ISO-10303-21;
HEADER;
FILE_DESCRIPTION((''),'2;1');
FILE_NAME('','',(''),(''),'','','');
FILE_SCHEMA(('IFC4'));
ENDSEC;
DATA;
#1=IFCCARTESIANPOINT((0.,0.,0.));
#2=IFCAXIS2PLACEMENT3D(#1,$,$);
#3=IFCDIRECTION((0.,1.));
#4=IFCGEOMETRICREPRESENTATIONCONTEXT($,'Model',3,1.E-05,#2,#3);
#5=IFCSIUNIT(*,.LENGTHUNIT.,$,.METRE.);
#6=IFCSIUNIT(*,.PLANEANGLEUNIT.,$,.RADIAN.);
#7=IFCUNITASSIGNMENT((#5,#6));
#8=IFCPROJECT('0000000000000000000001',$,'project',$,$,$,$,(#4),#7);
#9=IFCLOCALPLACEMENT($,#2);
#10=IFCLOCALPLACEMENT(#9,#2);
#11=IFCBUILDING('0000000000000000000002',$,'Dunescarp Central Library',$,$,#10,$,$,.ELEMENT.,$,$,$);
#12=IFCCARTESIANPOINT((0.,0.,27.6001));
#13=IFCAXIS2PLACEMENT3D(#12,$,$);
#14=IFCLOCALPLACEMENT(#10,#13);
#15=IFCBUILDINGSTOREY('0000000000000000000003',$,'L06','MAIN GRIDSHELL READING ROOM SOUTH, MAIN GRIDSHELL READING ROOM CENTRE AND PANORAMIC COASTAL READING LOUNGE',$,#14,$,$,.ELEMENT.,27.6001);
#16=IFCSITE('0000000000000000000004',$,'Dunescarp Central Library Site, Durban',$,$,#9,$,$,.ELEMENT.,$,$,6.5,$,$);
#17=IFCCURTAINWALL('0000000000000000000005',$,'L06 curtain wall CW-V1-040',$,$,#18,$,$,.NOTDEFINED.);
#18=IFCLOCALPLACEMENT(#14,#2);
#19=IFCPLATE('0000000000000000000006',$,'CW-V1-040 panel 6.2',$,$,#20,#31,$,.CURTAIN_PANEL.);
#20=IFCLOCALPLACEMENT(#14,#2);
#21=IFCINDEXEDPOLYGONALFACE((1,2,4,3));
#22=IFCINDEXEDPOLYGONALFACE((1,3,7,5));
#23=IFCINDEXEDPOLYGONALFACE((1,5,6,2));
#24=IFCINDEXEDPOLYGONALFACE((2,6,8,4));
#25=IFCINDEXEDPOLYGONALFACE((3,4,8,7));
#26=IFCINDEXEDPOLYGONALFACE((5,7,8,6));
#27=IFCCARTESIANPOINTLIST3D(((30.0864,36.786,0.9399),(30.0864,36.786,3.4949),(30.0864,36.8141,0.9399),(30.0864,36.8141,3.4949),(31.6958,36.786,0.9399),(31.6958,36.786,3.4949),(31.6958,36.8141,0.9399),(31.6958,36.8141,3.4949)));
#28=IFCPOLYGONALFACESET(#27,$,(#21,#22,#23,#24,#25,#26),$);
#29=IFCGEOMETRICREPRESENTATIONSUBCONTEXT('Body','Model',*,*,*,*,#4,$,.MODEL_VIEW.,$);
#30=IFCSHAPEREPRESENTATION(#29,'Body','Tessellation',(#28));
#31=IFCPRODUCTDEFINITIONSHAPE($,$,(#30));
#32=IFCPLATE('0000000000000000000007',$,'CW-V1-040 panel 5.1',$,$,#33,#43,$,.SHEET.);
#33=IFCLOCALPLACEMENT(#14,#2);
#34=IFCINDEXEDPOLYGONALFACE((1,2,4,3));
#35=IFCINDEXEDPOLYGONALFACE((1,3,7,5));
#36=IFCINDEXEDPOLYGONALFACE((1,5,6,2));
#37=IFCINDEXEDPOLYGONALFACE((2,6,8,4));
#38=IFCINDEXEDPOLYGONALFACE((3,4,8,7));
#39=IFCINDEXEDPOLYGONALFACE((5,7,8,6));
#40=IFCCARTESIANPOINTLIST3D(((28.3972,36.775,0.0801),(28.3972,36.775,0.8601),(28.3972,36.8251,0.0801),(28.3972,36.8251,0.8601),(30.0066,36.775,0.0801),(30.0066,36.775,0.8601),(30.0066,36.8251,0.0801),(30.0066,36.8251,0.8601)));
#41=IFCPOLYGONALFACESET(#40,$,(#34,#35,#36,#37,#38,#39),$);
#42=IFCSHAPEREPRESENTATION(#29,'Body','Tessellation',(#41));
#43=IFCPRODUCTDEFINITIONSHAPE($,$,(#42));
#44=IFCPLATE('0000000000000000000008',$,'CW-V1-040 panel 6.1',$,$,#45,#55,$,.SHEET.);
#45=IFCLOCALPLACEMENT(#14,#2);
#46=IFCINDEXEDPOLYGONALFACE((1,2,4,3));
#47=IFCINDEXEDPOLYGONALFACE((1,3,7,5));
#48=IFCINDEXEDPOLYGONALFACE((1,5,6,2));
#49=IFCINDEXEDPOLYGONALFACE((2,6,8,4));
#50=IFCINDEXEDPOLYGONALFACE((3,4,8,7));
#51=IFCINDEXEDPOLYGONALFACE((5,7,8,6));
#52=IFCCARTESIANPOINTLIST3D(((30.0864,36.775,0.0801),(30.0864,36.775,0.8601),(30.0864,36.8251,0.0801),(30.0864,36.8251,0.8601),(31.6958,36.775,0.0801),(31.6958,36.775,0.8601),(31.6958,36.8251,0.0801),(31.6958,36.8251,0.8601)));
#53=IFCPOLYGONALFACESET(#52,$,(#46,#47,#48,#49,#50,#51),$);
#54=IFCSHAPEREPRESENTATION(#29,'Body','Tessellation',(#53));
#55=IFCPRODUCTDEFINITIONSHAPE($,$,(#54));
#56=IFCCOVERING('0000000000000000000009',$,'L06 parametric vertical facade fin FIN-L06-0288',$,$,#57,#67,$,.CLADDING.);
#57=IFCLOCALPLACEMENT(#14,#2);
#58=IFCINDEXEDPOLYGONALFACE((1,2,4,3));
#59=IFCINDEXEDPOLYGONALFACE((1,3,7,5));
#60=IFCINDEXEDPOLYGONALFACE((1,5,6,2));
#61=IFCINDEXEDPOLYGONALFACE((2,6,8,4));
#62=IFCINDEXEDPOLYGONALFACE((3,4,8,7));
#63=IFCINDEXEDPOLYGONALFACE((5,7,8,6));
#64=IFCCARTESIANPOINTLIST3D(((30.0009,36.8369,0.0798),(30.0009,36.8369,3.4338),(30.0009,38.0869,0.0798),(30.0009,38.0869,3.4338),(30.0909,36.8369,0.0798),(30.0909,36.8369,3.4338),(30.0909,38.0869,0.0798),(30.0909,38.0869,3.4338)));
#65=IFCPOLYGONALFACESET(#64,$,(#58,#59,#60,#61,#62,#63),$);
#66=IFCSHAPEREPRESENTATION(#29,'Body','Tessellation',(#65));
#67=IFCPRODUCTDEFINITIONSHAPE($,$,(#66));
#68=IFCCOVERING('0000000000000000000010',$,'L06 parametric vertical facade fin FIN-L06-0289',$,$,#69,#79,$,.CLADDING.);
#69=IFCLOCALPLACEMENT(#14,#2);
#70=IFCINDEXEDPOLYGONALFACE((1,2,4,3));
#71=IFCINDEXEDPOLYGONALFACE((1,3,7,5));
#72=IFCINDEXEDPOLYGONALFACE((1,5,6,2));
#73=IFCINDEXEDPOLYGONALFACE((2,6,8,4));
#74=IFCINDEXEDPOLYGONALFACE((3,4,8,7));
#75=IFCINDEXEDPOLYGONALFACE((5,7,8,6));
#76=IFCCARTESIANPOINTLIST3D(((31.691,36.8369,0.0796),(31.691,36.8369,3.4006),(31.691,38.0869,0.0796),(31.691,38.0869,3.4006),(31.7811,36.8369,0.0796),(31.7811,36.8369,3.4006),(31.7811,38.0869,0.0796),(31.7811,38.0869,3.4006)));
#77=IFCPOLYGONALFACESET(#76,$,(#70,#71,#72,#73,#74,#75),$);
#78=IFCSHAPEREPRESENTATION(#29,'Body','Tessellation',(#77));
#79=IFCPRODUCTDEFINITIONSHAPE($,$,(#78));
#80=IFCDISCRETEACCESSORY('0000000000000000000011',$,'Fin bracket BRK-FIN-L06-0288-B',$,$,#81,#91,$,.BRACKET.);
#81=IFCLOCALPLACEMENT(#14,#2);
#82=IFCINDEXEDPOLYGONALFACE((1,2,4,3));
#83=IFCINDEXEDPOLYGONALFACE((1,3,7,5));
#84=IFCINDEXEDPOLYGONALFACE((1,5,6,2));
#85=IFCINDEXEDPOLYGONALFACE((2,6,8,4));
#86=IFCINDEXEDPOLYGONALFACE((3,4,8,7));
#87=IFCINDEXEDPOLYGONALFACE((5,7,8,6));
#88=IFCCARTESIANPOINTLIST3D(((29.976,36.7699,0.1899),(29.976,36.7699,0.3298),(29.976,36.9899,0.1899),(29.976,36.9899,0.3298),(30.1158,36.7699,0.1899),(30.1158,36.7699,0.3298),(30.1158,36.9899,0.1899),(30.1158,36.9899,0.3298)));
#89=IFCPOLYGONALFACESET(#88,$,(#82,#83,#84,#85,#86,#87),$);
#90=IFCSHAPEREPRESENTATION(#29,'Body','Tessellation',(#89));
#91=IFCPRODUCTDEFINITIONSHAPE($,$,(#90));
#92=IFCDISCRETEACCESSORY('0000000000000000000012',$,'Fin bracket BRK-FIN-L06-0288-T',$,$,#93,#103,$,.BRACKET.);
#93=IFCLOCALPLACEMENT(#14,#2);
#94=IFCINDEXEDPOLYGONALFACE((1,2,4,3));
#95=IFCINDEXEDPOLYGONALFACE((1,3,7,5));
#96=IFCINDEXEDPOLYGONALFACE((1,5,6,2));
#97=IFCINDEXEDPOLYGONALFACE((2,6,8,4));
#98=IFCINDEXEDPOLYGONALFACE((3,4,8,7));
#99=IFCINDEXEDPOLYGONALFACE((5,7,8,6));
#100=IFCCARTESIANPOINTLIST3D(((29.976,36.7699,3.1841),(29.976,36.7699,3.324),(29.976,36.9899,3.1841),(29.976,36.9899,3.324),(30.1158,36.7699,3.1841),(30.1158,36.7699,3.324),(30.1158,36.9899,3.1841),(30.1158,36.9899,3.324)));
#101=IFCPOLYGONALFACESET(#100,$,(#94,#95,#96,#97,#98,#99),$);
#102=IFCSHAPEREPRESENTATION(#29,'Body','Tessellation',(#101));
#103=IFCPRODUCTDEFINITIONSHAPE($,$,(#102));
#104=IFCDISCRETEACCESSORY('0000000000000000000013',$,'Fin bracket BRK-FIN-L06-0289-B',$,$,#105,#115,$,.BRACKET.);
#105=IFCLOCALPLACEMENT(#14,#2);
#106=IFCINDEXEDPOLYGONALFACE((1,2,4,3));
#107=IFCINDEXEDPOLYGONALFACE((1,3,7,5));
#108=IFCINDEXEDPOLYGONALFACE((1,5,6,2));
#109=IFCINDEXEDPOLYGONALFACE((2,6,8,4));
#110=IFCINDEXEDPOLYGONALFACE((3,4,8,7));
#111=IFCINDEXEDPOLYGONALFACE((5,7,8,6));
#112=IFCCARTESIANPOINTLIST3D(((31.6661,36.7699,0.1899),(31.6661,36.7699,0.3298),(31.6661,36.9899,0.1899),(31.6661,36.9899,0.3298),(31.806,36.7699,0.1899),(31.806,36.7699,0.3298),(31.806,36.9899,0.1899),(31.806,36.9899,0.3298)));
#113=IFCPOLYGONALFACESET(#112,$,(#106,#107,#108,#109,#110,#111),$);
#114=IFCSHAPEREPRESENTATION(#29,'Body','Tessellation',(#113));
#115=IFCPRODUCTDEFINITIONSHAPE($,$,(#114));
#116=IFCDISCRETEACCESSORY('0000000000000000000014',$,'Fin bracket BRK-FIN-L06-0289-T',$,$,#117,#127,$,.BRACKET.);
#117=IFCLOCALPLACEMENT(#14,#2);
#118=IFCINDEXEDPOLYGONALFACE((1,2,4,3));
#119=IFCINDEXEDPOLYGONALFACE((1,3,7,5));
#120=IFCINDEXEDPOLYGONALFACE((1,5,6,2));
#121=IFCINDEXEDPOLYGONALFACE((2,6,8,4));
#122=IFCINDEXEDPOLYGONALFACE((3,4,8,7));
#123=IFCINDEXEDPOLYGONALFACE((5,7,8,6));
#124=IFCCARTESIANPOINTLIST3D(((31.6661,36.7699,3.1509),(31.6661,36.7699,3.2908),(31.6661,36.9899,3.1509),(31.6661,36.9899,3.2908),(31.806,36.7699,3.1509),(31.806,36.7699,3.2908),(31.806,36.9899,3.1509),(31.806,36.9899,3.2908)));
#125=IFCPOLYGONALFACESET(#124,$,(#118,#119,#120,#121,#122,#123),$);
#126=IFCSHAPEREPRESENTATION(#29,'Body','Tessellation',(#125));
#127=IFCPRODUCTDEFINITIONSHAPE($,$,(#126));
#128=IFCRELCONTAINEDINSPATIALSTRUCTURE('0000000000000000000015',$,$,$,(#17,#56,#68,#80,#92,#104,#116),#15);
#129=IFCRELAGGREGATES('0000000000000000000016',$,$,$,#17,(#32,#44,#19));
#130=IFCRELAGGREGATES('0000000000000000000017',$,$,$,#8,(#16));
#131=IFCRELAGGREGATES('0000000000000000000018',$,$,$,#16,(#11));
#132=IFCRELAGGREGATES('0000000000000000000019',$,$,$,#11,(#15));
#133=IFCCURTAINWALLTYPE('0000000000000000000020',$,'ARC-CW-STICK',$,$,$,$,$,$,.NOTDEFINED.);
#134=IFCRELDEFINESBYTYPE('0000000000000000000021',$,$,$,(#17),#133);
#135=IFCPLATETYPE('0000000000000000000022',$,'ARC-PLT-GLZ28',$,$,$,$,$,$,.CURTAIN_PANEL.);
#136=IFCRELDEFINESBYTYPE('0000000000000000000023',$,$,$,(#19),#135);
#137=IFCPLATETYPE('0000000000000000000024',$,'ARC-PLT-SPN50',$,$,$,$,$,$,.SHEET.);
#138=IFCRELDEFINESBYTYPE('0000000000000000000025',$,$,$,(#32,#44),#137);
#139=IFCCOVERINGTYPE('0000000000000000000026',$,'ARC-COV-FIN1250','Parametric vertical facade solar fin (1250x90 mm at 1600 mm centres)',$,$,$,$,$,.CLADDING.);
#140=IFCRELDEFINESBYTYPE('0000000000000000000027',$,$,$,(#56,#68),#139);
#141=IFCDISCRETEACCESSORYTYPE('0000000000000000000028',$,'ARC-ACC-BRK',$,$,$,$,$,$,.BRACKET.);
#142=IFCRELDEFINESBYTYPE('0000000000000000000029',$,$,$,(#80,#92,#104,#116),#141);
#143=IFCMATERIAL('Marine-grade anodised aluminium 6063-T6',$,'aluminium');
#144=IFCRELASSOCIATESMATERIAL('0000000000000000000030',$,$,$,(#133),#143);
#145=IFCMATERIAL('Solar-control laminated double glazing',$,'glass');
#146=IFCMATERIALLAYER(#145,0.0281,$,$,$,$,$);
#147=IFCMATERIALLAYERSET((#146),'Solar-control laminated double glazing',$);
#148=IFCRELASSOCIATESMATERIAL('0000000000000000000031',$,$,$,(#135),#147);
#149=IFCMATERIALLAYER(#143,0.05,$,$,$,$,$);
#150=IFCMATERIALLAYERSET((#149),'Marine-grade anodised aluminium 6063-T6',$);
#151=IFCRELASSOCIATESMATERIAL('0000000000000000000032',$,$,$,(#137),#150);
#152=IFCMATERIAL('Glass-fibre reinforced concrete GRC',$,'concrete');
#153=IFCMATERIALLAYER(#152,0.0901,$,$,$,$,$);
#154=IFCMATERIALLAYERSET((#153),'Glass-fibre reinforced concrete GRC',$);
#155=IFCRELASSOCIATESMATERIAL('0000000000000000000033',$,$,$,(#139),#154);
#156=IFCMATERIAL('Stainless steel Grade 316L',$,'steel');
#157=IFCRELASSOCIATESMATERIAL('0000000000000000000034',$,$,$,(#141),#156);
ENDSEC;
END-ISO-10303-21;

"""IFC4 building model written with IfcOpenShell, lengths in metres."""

from ifc_helpers import new_model, si_unit, direction, frame, origin, origin_2d, place, context, subcontext, project, spatial, rectangle, extrude, material, layer, layer_set, type_object, element, aggregate, save


model = new_model("IFC4")

# Units and contexts
model_context = context("Model", 3, precision=1e-05, world=origin(), true_north=direction((0.0, 1.0)))
body_context = subcontext(model_context, "Body", "Model", "MODEL_VIEW")
ifc_project = project(units=[si_unit("LENGTHUNIT", "METRE"), si_unit("PLANEANGLEUNIT", "RADIAN")], contexts=[model_context])

# Site, building, storey
site_placement = place(None, origin())
site = spatial("IfcSite", under=ifc_project, at=site_placement, Name="Dunescarp Central Library Site, Durban", CompositionType="ELEMENT", RefElevation=6.5)
building_placement = place(site_placement, origin())
building = spatial("IfcBuilding", under=site, at=building_placement, Name="Dunescarp Central Library", CompositionType="ELEMENT")
storey_placement = place(building_placement, frame((0.0, 0.0, 27.6001)))
storey = spatial("IfcBuildingStorey", under=building, at=storey_placement, Name="L06", Description="MAIN GRIDSHELL READING ROOM SOUTH, MAIN GRIDSHELL READING ROOM CENTRE AND PANORAMIC COASTAL READING LOUNGE", CompositionType="ELEMENT", Elevation=27.6001)

# Curtain wall, plates
ifc_material_1 = material(Name="Marine-grade anodised aluminium 6063-T6", Category="aluminium")
curtain_wall_type = type_object("IfcCurtainWallType", Name="ARC-CW-STICK", PredefinedType="NOTDEFINED", material=ifc_material_1)
curtain_wall_placement = place(storey_placement, origin())
curtain_wall = element("IfcCurtainWall", 1, at=curtain_wall_placement, inside=storey, type_object=curtain_wall_type, Name="L06 curtain wall CW-V1-040", PredefinedType="NOTDEFINED")
ifc_material_2 = material(Name="Solar-control laminated double glazing", Category="glass")
ifc_layer_1 = layer(ifc_material_2, 0.0281)
ifc_layer_set_1 = layer_set([ifc_layer_1], Name="Solar-control laminated double glazing")
plate_type_1 = type_object("IfcPlateType", Name="ARC-PLT-GLZ28", PredefinedType="CURTAIN_PANEL", material=ifc_layer_set_1)
plate_1_placement = place(storey_placement, frame((30.8911, 36.8, 0.9399), z_axis=(0.0, 0.0, 1.0), x_axis=(1.0, 0.0, 0.0)))
plate_1 = element("IfcPlate", 2, at=plate_1_placement, type_object=plate_type_1, Name="CW-V1-040 panel 6.2", PredefinedType="CURTAIN_PANEL", context=body_context, shape_type="SweptSolid", body=[
    extrude(rectangle(XDim=1.6094, YDim=0.0281, at=origin_2d()), origin(), (0.0, 0.0, 1.0), 2.5549),
])
ifc_layer_2 = layer(ifc_material_1, 0.05)
ifc_layer_set_2 = layer_set([ifc_layer_2], Name="Marine-grade anodised aluminium 6063-T6")
plate_type_2 = type_object("IfcPlateType", Name="ARC-PLT-SPN50", PredefinedType="SHEET", material=ifc_layer_set_2)
plate_2_placement = place(storey_placement, frame((29.2019, 36.8, 0.0801), z_axis=(0.0, 0.0, 1.0), x_axis=(1.0, 0.0, 0.0)))
plate_2 = element("IfcPlate", 3, at=plate_2_placement, type_object=plate_type_2, Name="CW-V1-040 panel 5.1", PredefinedType="SHEET", context=body_context, shape_type="SweptSolid", body=[
    extrude(rectangle(XDim=1.6094, YDim=0.05, at=origin_2d()), origin(), (0.0, 0.0, 1.0), 0.78),
])
plate_3_placement = place(storey_placement, frame((30.8911, 36.8, 0.0801), z_axis=(0.0, 0.0, 1.0), x_axis=(1.0, 0.0, 0.0)))
plate_3 = element("IfcPlate", 4, at=plate_3_placement, type_object=plate_type_2, Name="CW-V1-040 panel 6.1", PredefinedType="SHEET", context=body_context, shape_type="SweptSolid", body=[
    extrude(rectangle(XDim=1.6094, YDim=0.05, at=origin_2d()), origin(), (0.0, 0.0, 1.0), 0.78),
])
aggregate(curtain_wall, [plate_2, plate_3, plate_1])

# Coverings
ifc_material_3 = material(Name="Glass-fibre reinforced concrete GRC", Category="concrete")
ifc_layer_3 = layer(ifc_material_3, 0.0901)
ifc_layer_set_3 = layer_set([ifc_layer_3], Name="Glass-fibre reinforced concrete GRC")
covering_type = type_object("IfcCoveringType", Name="ARC-COV-FIN1250", Description="Parametric vertical facade solar fin (1250x90 mm at 1600 mm centres)", PredefinedType="CLADDING", material=ifc_layer_set_3)
covering_1_placement = place(storey_placement, frame((30.0459, 37.4619, 0.0798), z_axis=(0.0, 0.0, 1.0), x_axis=(0.0, 1.0, 0.0)))
element("IfcCovering", 5, at=covering_1_placement, inside=storey, type_object=covering_type, Name="L06 parametric vertical facade fin FIN-L06-0288", PredefinedType="CLADDING", context=body_context, shape_type="SweptSolid", body=[
    extrude(rectangle(XDim=1.25, YDim=0.0901, at=origin_2d()), origin(), (0.0, 0.0, 1.0), 3.354),
])
covering_2_placement = place(storey_placement, frame((31.7361, 37.4619, 0.0796), z_axis=(0.0, 0.0, 1.0), x_axis=(0.0, 1.0, 0.0)))
element("IfcCovering", 6, at=covering_2_placement, inside=storey, type_object=covering_type, Name="L06 parametric vertical facade fin FIN-L06-0289", PredefinedType="CLADDING", context=body_context, shape_type="SweptSolid", body=[
    extrude(rectangle(XDim=1.25, YDim=0.0901, at=origin_2d()), origin(), (0.0, 0.0, 1.0), 3.321),
])

# Discrete accessories
ifc_material_4 = material(Name="Stainless steel Grade 316L", Category="steel")
discrete_accessory_type = type_object("IfcDiscreteAccessoryType", Name="ARC-ACC-BRK", PredefinedType="BRACKET", material=ifc_material_4)
for number, where, z_axis, x_axis, name in (
    (7, (30.0459, 36.8799, 0.1899), (0.0, 0.0, 1.0), (0.0, 1.0, 0.0), "Fin bracket BRK-FIN-L06-0288-B"),
    (8, (30.0459, 36.8799, 3.1841), (0.0, 0.0, 1.0), (0.0, 1.0, 0.0), "Fin bracket BRK-FIN-L06-0288-T"),
    (9, (31.7361, 36.8799, 0.1899), (0.0, 0.0, 1.0), (0.0, 1.0, 0.0), "Fin bracket BRK-FIN-L06-0289-B"),
    (10, (31.7361, 36.8799, 3.1509), (0.0, 0.0, 1.0), (0.0, 1.0, 0.0), "Fin bracket BRK-FIN-L06-0289-T"),
):
    element("IfcDiscreteAccessory", number, at=place(storey_placement, frame(where, z_axis=z_axis, x_axis=x_axis)), inside=storey, type_object=discrete_accessory_type, Name=name, PredefinedType="BRACKET", context=body_context, shape_type="SweptSolid", body=[
        extrude(rectangle(XDim=0.22, YDim=0.1399, at=origin_2d()), origin(), (0.0, 0.0, 1.0), 0.1399),
    ])

save(model, "model.ifc")
